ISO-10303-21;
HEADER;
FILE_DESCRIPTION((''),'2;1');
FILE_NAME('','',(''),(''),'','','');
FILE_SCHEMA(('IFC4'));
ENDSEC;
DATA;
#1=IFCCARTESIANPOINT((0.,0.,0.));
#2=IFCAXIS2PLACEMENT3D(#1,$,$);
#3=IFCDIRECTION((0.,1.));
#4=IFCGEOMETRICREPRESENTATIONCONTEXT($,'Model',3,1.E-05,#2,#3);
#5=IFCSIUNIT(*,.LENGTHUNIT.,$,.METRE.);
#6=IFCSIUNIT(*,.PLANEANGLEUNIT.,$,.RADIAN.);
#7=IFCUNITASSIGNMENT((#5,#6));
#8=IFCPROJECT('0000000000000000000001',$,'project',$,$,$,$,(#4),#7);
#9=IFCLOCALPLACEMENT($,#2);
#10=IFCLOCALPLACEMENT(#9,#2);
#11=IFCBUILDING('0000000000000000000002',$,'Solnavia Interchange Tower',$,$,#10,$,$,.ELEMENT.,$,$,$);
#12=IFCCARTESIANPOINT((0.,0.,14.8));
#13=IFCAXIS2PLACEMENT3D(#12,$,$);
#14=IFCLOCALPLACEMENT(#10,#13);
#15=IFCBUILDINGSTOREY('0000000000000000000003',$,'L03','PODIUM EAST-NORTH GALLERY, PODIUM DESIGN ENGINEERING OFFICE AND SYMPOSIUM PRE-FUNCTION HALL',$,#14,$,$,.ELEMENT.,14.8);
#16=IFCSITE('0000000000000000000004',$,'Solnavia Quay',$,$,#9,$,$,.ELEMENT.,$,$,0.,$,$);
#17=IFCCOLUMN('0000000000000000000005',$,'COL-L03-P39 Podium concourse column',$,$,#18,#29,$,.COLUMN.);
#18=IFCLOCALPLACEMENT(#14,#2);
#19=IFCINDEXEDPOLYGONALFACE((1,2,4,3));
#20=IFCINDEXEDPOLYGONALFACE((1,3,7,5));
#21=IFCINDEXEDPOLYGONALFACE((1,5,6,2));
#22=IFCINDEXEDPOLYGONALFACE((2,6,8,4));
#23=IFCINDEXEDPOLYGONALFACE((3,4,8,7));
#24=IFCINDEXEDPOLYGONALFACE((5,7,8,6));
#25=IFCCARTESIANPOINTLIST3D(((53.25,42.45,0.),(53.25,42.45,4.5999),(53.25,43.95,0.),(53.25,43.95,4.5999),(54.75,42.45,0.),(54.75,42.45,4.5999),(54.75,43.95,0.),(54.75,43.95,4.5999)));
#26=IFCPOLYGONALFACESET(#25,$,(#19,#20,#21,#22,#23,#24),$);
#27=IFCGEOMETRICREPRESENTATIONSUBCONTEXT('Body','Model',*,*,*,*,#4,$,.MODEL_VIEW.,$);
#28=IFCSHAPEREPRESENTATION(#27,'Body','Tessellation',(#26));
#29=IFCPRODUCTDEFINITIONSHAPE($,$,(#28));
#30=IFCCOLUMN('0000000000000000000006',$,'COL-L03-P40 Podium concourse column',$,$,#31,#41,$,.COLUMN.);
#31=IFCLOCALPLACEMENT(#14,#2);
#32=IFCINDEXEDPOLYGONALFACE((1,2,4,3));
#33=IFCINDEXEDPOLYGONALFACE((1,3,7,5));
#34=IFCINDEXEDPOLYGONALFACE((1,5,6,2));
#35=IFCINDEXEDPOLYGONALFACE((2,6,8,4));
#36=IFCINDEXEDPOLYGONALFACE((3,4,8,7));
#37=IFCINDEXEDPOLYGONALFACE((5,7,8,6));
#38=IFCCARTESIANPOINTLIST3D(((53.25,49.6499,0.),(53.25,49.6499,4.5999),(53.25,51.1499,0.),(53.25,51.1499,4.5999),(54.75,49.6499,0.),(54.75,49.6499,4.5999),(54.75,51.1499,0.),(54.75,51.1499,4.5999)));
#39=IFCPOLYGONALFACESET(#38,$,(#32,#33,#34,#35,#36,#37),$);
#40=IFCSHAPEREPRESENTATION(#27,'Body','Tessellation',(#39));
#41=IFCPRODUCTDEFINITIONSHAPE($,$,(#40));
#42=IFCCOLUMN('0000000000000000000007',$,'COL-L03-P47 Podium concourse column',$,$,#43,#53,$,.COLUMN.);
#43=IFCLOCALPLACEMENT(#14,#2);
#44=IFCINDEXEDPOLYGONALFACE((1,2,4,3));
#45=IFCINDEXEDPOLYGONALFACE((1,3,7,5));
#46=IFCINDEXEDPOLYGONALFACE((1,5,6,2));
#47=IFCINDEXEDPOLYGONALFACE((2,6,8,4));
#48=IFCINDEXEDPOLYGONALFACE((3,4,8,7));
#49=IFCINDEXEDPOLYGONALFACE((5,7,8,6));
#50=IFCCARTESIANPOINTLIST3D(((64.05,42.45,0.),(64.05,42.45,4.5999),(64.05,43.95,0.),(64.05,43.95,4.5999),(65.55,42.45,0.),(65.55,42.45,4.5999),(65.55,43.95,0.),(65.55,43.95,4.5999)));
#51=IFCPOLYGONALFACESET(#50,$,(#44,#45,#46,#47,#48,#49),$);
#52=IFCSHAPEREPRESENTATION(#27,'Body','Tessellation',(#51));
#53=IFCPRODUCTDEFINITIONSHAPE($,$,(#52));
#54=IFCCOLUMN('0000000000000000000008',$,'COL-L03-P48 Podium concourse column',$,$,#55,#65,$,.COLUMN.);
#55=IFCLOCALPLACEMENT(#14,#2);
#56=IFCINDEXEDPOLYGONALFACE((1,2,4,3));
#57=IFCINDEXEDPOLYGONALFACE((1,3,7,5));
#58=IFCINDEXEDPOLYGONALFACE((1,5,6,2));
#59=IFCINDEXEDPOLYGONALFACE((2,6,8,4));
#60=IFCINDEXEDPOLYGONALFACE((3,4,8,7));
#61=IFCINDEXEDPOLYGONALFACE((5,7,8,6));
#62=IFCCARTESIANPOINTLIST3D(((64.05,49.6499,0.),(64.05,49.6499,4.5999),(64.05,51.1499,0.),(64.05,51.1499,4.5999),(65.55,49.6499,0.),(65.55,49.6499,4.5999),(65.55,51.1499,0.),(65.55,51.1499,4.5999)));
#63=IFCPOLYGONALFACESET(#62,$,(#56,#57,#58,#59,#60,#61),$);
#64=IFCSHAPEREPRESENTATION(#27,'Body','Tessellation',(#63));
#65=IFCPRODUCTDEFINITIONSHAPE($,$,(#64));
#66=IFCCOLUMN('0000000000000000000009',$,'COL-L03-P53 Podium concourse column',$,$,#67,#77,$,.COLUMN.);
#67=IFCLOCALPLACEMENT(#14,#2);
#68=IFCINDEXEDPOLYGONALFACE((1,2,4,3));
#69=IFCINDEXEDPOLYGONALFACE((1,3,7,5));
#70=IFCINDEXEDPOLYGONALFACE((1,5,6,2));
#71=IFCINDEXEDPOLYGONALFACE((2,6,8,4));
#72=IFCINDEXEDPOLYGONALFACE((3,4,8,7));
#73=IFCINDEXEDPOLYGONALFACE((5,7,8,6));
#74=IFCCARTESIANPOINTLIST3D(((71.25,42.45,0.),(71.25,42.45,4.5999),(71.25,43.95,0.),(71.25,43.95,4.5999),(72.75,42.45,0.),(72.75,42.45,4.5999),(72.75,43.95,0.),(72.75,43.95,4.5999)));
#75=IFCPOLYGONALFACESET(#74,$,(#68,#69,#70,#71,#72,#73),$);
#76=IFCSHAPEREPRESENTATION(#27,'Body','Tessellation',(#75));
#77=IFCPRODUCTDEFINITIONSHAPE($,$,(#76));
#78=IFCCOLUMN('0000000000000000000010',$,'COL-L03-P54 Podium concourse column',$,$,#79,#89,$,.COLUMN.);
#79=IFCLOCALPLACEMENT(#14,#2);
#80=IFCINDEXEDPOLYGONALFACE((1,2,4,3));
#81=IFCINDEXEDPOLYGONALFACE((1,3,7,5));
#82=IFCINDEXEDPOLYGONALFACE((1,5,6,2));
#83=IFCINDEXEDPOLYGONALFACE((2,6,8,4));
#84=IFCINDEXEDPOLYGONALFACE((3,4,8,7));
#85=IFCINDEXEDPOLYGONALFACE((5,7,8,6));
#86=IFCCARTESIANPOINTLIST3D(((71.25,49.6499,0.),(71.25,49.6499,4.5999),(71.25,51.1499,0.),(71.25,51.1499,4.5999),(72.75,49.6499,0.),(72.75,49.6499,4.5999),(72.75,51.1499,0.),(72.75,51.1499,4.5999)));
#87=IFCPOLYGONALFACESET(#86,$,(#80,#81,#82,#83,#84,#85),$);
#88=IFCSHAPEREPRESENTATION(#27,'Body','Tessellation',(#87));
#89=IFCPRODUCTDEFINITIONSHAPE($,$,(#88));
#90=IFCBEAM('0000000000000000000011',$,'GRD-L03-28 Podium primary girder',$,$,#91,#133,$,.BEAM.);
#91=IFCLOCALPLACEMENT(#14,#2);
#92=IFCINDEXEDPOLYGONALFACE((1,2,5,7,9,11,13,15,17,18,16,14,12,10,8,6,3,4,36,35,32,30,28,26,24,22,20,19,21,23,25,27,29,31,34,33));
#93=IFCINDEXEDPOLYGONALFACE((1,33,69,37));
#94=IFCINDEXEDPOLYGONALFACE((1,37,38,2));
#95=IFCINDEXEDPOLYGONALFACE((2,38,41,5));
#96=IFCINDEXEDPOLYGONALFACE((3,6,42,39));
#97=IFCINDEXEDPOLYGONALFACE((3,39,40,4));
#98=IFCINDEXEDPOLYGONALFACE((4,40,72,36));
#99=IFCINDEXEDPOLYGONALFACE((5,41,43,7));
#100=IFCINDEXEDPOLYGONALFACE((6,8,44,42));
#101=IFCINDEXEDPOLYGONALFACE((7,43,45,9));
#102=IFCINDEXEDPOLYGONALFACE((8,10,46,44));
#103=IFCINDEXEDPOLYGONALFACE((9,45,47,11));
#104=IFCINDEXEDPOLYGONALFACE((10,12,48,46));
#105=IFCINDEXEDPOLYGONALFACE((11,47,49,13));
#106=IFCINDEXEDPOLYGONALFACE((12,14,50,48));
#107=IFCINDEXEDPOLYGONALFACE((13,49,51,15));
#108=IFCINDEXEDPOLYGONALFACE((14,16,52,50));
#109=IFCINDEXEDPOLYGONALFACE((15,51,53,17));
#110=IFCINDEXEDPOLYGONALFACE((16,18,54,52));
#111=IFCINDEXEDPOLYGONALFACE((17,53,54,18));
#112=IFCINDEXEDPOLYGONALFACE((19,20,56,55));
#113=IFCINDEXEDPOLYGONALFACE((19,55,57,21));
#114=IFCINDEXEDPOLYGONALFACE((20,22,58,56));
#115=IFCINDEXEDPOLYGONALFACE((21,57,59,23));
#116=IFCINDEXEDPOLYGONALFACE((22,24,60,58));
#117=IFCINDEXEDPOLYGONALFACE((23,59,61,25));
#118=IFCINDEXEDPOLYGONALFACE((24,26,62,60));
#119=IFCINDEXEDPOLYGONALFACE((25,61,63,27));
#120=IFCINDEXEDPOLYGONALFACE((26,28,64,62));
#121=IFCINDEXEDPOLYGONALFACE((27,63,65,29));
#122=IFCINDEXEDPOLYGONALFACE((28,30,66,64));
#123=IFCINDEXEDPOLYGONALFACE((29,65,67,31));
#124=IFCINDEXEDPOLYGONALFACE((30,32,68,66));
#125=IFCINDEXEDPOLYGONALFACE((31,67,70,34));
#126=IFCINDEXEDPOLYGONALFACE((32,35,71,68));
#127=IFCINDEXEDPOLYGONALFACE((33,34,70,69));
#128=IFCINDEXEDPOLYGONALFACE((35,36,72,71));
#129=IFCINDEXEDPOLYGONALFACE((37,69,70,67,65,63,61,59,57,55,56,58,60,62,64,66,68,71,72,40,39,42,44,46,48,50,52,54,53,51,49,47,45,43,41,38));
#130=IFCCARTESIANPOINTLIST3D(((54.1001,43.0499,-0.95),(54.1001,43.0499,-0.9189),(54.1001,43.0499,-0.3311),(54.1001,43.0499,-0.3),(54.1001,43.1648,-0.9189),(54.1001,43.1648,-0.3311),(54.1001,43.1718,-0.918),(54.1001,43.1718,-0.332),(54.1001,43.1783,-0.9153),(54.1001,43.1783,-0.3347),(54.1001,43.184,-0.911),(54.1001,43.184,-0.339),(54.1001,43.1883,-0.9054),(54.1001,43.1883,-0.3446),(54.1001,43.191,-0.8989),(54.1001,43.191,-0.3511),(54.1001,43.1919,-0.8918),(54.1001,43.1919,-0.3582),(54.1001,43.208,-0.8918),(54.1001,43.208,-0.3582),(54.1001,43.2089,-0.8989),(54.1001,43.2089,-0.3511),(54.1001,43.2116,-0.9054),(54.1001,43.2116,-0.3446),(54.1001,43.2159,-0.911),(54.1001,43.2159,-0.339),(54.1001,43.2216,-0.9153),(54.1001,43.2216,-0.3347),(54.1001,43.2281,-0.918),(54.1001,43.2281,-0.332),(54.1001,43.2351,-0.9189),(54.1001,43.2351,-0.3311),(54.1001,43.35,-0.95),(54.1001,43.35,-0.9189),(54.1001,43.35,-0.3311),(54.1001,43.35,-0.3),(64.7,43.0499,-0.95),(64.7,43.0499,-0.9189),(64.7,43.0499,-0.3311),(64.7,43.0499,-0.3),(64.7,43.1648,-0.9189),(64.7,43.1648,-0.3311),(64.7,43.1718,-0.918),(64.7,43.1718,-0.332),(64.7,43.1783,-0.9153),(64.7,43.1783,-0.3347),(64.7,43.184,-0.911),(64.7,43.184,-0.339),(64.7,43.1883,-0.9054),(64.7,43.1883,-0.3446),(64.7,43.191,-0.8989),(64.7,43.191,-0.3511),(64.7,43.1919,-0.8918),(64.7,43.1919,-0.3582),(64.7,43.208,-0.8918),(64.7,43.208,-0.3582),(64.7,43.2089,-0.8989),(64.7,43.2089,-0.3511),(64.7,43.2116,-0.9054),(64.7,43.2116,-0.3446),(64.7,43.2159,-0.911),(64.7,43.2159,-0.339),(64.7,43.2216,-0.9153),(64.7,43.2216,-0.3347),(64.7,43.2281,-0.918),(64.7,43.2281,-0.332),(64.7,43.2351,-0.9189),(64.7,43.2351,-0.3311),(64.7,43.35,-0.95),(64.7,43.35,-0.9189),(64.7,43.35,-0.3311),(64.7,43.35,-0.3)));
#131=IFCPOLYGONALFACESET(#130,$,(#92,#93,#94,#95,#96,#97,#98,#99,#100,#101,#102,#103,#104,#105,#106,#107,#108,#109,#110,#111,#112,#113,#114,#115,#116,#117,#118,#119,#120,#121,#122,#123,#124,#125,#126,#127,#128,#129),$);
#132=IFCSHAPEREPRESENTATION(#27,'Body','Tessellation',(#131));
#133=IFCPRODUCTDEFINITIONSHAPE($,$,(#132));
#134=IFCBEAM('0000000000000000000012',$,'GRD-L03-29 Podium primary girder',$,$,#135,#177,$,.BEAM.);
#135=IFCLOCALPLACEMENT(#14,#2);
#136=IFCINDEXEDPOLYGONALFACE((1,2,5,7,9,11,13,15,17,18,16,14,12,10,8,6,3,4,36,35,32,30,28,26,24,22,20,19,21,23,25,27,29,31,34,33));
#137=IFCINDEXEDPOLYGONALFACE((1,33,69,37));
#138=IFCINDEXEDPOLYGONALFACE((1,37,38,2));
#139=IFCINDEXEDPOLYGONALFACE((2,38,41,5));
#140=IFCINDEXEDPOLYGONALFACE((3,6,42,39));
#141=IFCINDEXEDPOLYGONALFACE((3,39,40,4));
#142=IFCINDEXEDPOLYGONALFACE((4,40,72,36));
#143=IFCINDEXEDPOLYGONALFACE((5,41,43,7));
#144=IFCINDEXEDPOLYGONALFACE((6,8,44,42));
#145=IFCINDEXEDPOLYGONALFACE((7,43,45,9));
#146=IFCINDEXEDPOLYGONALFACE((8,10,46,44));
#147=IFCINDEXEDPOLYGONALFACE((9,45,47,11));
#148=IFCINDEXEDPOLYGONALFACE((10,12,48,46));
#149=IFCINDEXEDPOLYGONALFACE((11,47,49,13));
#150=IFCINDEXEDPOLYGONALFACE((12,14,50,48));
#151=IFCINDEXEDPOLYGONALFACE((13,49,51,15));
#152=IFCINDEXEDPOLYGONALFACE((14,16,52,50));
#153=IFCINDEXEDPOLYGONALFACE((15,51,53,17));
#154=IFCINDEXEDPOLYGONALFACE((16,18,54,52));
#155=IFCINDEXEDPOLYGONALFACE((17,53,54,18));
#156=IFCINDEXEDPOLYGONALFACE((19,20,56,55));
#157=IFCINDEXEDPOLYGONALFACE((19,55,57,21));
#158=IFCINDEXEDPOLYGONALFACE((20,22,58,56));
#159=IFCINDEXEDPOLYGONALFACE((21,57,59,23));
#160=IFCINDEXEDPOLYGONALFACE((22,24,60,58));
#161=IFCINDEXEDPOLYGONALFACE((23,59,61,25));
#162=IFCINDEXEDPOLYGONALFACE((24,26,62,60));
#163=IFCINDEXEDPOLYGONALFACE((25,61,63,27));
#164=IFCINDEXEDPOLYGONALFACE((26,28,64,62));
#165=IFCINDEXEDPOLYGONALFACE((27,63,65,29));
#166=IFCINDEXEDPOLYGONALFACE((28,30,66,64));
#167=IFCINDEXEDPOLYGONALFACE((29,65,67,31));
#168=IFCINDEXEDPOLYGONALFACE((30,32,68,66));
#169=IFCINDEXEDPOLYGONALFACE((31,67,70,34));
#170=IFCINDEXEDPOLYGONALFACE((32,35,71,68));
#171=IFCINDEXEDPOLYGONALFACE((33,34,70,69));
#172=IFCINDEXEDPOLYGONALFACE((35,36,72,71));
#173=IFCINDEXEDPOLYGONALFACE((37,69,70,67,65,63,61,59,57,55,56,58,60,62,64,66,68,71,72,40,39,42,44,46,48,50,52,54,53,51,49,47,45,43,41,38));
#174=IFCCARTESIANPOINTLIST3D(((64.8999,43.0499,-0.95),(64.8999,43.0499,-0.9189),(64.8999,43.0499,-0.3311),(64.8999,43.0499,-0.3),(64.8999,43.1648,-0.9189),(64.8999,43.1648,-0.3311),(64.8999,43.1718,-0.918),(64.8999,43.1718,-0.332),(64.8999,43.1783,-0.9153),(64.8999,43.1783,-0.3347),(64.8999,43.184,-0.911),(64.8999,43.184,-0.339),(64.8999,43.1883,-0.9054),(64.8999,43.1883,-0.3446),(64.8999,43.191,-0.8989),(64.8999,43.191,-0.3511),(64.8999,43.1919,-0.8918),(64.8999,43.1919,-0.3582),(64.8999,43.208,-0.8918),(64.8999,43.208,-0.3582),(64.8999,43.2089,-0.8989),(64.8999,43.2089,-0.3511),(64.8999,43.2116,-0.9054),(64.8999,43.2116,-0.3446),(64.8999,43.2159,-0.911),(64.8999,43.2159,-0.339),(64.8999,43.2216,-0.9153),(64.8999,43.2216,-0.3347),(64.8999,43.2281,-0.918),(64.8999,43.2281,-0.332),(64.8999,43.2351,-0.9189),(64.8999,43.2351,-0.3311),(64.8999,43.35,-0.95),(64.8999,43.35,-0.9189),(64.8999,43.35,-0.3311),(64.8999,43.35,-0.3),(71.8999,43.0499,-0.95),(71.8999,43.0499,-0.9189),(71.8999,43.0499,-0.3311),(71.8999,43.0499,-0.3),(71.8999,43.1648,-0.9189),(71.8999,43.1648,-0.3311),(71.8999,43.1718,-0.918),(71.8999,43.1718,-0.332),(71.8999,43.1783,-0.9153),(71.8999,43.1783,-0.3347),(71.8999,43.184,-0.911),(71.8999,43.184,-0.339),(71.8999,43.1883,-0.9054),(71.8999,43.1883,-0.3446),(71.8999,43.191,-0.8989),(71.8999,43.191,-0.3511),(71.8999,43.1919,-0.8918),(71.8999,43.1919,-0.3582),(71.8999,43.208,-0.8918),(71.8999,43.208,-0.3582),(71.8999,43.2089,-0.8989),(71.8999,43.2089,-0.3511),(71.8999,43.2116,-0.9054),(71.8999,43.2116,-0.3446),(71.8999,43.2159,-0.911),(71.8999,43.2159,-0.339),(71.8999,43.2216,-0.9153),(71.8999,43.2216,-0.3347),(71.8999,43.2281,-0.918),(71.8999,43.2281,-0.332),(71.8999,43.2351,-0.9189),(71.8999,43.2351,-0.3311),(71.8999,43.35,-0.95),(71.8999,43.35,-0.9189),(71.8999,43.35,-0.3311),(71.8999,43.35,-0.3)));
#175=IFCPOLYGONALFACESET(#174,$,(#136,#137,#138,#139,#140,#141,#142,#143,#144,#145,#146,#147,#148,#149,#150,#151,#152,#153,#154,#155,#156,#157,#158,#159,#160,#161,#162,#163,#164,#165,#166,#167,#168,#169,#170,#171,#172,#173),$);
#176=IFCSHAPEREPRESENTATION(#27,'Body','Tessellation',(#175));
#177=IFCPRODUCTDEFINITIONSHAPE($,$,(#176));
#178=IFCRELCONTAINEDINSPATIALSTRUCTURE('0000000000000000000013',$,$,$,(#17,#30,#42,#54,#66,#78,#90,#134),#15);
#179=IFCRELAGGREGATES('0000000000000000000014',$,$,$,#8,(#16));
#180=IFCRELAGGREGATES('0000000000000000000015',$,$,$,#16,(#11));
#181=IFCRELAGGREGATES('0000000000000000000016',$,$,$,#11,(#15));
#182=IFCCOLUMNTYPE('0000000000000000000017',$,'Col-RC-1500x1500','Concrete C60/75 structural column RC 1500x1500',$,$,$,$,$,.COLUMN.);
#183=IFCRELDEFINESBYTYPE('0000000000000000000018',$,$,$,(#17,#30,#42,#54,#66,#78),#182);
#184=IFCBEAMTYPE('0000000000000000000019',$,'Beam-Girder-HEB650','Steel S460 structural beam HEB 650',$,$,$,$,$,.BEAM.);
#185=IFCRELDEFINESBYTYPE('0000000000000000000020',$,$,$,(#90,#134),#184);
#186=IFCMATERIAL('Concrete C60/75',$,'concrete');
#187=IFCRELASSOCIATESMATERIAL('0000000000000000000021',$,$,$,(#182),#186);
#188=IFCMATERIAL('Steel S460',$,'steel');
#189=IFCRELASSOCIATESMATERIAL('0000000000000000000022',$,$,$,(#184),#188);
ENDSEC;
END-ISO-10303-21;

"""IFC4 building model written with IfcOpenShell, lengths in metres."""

from ifc_helpers import new_model, si_unit, direction, frame, origin, origin_2d, place, context, subcontext, project, spatial, rectangle, i_section, extrude, material, material_profile, profile_set, type_object, element, save


model = new_model("IFC4")

# Units and contexts
model_context = context("Model", 3, precision=1e-05, world=origin(), true_north=direction((0.0, 1.0)))
body_context = subcontext(model_context, "Body", "Model", "MODEL_VIEW")
ifc_project = project(units=[si_unit("LENGTHUNIT", "METRE"), si_unit("PLANEANGLEUNIT", "RADIAN")], contexts=[model_context])

# Site, building, storey
site_placement = place(None, origin())
site = spatial("IfcSite", under=ifc_project, at=site_placement, Name="Solnavia Quay", CompositionType="ELEMENT", RefElevation=0.0)
building_placement = place(site_placement, origin())
building = spatial("IfcBuilding", under=site, at=building_placement, Name="Solnavia Interchange Tower", CompositionType="ELEMENT")
storey_placement = place(building_placement, frame((0.0, 0.0, 14.8)))
storey = spatial("IfcBuildingStorey", under=building, at=storey_placement, Name="L03", Description="PODIUM EAST-NORTH GALLERY, PODIUM DESIGN ENGINEERING OFFICE AND SYMPOSIUM PRE-FUNCTION HALL", CompositionType="ELEMENT", Elevation=14.8)

# Columns
ifc_material_1 = material(Name="Concrete C60/75", Category="concrete")
ifc_material_profile_1 = material_profile(ifc_material_1, rectangle(XDim=1.5, YDim=1.5, at=origin_2d()), Name="RC 1500x1500")
ifc_profile_set_1 = profile_set([ifc_material_profile_1], Name="Concrete C60/75")
column_type = type_object("IfcColumnType", Name="Col-RC-1500x1500", Description="Concrete C60/75 structural column RC 1500x1500", PredefinedType="COLUMN", material=ifc_profile_set_1)
for number, where, z_axis, x_axis, name in (
    (1, (54.0, 43.2, 0.0), (0.0, 0.0, 1.0), (1.0, 0.0, 0.0), "COL-L03-P39 Podium concourse column"),
    (2, (54.0, 50.3999, 0.0), (0.0, 0.0, 1.0), (1.0, 0.0, 0.0), "COL-L03-P40 Podium concourse column"),
    (3, (64.8, 43.2, 0.0), (0.0, 0.0, 1.0), (1.0, 0.0, 0.0), "COL-L03-P47 Podium concourse column"),
    (4, (64.8, 50.3999, 0.0), (0.0, 0.0, 1.0), (1.0, 0.0, 0.0), "COL-L03-P48 Podium concourse column"),
    (5, (72.0, 43.2, 0.0), (0.0, 0.0, 1.0), (1.0, 0.0, 0.0), "COL-L03-P53 Podium concourse column"),
    (6, (72.0, 50.3999, 0.0), (0.0, 0.0, 1.0), (1.0, 0.0, 0.0), "COL-L03-P54 Podium concourse column"),
):
    element("IfcColumn", number, at=place(storey_placement, frame(where, z_axis=z_axis, x_axis=x_axis)), inside=storey, type_object=column_type, Name=name, PredefinedType="COLUMN", context=body_context, shape_type="SweptSolid", body=[
        extrude(rectangle(XDim=1.5, YDim=1.5, at=origin_2d()), origin(), (0.0, 0.0, 1.0), 4.5999),
    ])

# Beams
ifc_material_2 = material(Name="Steel S460", Category="steel")
ifc_material_profile_2 = material_profile(ifc_material_2, i_section(OverallWidth=0.3, OverallDepth=0.6499, WebThickness=0.0161, FlangeThickness=0.031, FilletRadius=0.0271, at=origin_2d()), Name="HEB 650")
ifc_profile_set_2 = profile_set([ifc_material_profile_2], Name="Steel S460")
beam_type_1 = type_object("IfcBeamType", Name="Beam-Girder-HEB650", Description="Steel S460 structural beam HEB 650", PredefinedType="BEAM", material=ifc_profile_set_2)
beam_1_placement = place(storey_placement, frame((54.1001, 43.2, -0.625), z_axis=(1.0, 0.0, 0.0), x_axis=(0.0, 1.0, 0.0)))
element("IfcBeam", 7, at=beam_1_placement, inside=storey, type_object=beam_type_1, Name="GRD-L03-28 Podium primary girder", PredefinedType="BEAM", context=body_context, shape_type="SweptSolid", body=[
    extrude(i_section(OverallWidth=0.3, OverallDepth=0.6499, WebThickness=0.0161, FlangeThickness=0.031, FilletRadius=0.0271, at=origin_2d()), origin(), (0.0, 0.0, 1.0), 10.5999),
])
beam_2_placement = place(storey_placement, frame((64.8999, 43.2, -0.625), z_axis=(1.0, 0.0, 0.0), x_axis=(0.0, 1.0, 0.0)))
element("IfcBeam", 8, at=beam_2_placement, inside=storey, type_object=beam_type_1, Name="GRD-L03-29 Podium primary girder", PredefinedType="BEAM", context=body_context, shape_type="SweptSolid", body=[
    extrude(i_section(OverallWidth=0.3, OverallDepth=0.6499, WebThickness=0.0161, FlangeThickness=0.031, FilletRadius=0.0271, at=origin_2d()), origin(), (0.0, 0.0, 1.0), 7.0),
])

save(model, "model.ifc")
